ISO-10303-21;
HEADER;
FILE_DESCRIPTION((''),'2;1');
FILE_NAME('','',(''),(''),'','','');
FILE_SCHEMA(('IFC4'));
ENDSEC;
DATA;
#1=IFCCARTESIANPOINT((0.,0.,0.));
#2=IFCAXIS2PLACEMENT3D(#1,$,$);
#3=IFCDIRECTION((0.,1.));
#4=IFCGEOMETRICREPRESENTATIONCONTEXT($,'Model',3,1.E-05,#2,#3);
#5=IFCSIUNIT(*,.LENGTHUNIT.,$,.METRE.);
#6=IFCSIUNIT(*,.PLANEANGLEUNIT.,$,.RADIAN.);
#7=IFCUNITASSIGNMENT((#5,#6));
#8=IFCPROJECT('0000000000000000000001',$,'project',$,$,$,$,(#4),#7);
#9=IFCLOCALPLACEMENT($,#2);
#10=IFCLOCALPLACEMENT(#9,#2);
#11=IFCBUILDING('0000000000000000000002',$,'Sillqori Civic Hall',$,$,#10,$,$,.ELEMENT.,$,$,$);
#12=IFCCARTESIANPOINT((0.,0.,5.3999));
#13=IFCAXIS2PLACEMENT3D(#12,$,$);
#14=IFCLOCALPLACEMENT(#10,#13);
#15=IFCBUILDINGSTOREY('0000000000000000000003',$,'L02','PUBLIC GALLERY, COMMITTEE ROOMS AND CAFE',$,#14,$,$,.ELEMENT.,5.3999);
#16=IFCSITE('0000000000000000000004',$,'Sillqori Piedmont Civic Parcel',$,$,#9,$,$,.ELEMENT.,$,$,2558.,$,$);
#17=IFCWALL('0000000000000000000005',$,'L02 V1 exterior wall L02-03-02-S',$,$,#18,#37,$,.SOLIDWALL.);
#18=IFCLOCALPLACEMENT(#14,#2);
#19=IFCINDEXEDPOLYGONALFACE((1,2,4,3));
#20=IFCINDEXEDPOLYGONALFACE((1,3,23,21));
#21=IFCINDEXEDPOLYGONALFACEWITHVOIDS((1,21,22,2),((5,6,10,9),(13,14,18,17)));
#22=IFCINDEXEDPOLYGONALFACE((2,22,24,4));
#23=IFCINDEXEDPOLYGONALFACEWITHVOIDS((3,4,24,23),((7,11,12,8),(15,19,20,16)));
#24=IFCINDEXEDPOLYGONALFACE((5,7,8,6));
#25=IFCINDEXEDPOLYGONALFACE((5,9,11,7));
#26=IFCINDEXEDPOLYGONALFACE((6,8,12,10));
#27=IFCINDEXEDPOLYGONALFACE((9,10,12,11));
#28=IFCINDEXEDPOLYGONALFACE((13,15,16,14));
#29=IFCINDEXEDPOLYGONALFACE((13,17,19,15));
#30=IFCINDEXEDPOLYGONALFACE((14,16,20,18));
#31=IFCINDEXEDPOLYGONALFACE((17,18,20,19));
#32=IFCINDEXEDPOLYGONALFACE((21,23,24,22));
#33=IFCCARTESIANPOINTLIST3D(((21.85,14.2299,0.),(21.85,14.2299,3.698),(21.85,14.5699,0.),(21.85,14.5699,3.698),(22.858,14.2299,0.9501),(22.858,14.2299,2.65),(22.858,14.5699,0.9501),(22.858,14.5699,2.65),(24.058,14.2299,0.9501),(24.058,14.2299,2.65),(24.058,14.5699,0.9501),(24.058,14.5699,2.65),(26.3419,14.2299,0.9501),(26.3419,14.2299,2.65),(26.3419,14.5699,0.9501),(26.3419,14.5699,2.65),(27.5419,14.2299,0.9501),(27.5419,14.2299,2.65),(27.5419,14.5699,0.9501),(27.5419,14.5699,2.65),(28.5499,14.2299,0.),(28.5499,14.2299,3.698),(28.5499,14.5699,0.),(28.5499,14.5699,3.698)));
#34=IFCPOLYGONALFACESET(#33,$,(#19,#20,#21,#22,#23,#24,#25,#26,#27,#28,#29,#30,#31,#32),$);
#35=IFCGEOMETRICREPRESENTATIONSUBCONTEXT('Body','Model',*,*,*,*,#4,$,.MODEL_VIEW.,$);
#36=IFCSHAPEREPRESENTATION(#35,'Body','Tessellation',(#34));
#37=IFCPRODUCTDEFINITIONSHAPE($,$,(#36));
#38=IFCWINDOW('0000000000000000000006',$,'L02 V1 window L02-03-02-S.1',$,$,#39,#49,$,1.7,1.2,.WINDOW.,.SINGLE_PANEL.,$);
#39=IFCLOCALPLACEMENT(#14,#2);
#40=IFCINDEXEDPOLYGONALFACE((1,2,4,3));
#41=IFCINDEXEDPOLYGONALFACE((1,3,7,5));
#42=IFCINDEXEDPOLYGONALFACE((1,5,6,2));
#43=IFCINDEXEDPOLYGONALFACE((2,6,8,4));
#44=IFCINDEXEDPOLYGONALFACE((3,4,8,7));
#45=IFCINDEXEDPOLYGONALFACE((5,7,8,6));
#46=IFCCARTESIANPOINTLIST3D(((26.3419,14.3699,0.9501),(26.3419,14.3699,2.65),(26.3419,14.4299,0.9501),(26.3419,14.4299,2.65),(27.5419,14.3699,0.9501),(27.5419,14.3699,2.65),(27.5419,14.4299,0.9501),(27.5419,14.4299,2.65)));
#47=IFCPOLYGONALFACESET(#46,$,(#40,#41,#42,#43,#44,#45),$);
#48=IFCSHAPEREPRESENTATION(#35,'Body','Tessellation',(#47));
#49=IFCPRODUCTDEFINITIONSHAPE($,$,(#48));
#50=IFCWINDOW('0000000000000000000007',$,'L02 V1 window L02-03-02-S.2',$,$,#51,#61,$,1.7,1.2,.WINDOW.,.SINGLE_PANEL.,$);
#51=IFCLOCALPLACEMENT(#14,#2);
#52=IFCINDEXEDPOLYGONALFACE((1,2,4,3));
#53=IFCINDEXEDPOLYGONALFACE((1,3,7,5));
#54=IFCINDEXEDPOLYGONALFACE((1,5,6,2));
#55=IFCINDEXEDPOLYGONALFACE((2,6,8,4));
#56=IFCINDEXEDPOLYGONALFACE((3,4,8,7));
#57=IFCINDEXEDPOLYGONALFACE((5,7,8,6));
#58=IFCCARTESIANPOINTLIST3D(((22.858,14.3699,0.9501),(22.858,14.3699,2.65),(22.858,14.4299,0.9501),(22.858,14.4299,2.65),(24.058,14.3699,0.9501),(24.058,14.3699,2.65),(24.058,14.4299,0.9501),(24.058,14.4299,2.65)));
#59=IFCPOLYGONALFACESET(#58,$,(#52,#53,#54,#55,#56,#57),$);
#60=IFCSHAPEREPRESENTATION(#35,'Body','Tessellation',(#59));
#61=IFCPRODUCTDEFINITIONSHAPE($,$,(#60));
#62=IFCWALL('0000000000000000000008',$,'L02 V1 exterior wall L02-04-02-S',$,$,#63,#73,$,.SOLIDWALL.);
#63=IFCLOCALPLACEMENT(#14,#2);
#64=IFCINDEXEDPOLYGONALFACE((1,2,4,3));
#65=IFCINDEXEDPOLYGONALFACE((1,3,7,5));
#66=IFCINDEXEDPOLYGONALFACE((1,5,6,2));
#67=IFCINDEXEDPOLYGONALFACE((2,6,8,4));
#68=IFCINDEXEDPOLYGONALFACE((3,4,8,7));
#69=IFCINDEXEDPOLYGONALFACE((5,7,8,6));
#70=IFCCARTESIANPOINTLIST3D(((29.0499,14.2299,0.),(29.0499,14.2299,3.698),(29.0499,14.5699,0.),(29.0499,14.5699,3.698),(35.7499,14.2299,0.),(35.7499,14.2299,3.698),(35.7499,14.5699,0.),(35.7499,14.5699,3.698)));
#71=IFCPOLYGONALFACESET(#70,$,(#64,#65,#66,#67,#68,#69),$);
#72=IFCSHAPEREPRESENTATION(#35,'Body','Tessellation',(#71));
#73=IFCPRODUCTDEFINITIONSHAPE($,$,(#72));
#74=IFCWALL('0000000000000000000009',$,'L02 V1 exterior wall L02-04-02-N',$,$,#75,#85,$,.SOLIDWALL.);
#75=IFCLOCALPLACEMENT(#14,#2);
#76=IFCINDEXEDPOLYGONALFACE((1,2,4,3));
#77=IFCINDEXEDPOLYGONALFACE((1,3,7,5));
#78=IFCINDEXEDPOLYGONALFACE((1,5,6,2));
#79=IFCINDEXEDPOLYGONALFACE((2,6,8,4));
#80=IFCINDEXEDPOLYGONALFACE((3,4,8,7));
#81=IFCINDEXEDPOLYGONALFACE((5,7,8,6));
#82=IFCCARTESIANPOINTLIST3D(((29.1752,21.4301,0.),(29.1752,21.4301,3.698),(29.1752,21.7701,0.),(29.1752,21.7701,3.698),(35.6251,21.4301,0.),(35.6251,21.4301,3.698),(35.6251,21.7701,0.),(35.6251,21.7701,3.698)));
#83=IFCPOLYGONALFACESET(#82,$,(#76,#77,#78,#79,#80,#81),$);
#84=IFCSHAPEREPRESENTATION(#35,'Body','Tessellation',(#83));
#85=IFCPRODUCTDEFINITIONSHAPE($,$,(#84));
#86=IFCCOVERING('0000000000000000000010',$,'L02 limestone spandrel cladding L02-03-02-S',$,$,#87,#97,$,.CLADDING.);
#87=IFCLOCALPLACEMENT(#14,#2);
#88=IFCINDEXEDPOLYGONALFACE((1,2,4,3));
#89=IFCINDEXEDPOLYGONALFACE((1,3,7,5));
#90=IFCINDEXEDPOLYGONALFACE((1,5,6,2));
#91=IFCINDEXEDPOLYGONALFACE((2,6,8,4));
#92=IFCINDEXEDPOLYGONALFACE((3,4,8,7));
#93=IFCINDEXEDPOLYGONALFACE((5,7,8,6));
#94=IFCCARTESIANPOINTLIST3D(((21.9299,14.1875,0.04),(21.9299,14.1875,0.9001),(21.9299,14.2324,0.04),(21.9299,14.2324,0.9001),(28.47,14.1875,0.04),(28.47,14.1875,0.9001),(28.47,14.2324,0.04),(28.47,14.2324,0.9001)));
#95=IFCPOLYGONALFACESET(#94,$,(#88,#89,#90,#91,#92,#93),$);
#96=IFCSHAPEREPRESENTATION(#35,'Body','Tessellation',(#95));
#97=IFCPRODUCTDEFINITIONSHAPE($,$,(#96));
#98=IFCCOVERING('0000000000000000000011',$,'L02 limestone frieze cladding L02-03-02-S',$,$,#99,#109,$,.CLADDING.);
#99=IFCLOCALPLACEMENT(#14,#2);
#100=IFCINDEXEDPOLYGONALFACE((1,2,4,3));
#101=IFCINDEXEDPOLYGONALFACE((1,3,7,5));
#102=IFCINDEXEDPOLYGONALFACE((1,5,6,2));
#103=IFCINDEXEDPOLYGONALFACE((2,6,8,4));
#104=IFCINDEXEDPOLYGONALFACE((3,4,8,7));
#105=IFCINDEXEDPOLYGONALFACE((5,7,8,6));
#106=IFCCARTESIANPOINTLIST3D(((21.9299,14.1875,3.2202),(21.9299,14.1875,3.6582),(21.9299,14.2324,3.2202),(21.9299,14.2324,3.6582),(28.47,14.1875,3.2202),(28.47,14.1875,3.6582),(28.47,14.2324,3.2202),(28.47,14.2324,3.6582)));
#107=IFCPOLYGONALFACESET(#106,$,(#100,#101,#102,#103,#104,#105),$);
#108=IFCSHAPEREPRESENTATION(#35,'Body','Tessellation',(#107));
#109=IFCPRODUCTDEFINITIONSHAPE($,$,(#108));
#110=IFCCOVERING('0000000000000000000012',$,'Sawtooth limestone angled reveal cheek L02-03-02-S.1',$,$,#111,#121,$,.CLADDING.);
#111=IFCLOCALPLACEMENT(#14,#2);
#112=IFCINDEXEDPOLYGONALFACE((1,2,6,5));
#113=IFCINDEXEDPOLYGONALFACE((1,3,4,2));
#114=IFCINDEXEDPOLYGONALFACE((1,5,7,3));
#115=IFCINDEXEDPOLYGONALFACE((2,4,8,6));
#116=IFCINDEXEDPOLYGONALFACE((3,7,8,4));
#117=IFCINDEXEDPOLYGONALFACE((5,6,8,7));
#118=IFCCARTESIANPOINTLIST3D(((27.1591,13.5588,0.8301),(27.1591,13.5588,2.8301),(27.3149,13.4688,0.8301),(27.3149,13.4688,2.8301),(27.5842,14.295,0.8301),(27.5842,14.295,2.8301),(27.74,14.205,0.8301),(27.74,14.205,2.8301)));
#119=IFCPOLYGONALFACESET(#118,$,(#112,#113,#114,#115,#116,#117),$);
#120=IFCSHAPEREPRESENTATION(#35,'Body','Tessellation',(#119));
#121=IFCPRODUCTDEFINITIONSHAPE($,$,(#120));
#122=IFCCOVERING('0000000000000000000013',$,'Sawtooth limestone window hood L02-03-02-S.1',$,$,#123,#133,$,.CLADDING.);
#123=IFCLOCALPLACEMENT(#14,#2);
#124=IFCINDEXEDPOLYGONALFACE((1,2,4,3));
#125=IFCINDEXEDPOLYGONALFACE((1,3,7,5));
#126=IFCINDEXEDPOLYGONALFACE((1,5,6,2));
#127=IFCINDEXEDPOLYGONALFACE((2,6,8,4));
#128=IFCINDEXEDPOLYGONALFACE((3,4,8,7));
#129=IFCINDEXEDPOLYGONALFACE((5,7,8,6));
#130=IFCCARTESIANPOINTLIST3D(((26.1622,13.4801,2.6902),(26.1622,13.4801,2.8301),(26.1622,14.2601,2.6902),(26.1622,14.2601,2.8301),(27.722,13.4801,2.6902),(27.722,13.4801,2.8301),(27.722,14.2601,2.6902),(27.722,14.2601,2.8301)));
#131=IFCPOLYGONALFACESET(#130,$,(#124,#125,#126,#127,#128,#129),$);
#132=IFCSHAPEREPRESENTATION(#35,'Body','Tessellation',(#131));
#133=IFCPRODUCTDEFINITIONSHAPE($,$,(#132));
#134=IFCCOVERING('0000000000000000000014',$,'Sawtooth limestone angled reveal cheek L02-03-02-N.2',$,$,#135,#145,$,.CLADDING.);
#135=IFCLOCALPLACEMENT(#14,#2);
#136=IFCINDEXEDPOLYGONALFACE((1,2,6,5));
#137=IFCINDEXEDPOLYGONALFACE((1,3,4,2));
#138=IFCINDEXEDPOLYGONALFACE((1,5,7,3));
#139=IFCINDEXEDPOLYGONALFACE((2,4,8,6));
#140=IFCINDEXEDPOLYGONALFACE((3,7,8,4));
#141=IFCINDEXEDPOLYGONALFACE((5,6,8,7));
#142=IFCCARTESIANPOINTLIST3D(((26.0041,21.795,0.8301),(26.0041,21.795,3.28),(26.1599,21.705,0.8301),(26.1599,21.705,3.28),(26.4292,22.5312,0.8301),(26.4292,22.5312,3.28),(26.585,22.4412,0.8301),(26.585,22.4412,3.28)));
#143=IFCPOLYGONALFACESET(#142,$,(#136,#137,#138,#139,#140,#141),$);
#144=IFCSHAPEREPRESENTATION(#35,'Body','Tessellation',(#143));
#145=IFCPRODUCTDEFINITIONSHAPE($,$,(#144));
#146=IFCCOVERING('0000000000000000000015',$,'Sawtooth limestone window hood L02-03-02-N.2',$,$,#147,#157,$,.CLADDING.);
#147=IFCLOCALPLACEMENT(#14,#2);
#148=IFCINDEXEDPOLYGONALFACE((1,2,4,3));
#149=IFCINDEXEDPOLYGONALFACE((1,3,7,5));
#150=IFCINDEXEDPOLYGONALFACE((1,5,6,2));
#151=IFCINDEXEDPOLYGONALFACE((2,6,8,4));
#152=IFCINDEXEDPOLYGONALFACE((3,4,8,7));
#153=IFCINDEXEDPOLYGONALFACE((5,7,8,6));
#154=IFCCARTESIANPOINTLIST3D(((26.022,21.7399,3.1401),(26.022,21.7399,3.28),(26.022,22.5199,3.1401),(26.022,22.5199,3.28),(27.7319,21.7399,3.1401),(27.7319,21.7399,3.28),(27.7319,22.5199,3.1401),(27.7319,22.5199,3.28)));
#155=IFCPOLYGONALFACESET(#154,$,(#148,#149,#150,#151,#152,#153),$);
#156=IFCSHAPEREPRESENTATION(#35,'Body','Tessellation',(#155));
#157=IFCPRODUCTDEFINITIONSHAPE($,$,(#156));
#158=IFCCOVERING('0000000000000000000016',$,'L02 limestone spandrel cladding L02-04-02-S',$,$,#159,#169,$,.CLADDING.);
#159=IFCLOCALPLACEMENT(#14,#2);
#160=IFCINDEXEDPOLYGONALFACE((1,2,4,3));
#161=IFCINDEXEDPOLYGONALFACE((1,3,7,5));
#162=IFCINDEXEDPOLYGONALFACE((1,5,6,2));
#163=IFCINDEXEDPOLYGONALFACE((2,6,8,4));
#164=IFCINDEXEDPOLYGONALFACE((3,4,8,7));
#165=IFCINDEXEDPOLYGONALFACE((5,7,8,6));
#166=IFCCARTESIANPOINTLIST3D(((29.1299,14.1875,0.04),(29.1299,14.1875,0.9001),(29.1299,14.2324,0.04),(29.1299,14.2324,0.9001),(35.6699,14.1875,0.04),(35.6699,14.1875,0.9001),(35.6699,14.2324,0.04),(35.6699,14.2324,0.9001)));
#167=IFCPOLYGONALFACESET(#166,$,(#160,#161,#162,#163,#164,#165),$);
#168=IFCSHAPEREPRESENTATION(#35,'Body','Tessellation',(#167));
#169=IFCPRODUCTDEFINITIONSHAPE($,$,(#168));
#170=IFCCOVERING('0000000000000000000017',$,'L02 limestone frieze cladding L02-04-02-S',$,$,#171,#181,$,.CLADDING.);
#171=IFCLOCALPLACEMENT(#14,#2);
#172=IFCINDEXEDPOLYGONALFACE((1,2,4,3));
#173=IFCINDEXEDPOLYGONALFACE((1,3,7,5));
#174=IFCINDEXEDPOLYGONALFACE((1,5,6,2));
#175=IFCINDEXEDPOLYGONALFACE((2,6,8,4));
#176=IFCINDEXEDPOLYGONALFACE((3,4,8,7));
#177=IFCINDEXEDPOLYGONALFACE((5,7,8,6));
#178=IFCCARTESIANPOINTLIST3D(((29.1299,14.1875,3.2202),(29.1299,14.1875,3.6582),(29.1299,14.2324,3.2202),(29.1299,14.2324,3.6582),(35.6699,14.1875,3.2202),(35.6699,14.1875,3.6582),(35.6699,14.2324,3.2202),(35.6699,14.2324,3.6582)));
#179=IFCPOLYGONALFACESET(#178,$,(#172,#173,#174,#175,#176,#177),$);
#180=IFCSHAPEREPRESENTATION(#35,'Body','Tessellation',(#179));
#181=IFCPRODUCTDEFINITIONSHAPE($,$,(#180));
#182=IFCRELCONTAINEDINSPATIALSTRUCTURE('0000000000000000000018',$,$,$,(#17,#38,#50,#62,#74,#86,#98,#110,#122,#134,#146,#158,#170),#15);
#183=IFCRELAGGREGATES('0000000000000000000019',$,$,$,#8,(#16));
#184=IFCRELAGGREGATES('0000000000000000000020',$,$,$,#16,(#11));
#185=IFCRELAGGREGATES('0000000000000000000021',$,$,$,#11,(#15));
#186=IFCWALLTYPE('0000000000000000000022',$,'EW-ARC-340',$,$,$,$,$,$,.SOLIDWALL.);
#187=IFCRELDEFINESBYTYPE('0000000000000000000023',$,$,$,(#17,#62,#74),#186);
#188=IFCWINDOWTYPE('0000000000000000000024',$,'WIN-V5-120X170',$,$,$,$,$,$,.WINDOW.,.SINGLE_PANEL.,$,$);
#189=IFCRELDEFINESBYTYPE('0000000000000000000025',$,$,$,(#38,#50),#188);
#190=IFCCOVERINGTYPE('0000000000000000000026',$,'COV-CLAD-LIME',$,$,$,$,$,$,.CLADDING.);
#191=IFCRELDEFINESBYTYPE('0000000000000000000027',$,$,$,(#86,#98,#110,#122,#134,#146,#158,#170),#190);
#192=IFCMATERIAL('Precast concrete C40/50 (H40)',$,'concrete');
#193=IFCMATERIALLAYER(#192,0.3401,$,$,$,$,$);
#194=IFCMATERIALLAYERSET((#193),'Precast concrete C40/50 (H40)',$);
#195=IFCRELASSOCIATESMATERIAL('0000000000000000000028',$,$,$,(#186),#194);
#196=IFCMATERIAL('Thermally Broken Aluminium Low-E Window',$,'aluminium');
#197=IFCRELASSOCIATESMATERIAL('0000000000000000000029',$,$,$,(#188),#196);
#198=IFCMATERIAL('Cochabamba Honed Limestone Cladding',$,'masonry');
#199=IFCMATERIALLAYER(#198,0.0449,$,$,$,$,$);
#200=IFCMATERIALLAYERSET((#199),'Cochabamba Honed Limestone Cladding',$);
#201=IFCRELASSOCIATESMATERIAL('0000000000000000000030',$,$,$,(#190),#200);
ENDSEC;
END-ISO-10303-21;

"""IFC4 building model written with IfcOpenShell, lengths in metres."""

from ifc_helpers import new_model, si_unit, direction, frame, frame_2d, origin, place, context, subcontext, project, spatial, rectangle, extrude, material, layer, layer_set, type_object, element, fill, save


model = new_model("IFC4")

# Units and contexts
model_context = context("Model", 3, precision=1e-05, world=origin(), true_north=direction((0.0, 1.0)))
body_context = subcontext(model_context, "Body", "Model", "MODEL_VIEW")
ifc_project = project(units=[si_unit("LENGTHUNIT", "METRE"), si_unit("PLANEANGLEUNIT", "RADIAN")], contexts=[model_context])

# Site, building, storey
site_placement = place(None, origin())
site = spatial("IfcSite", under=ifc_project, at=site_placement, Name="Sillqori Piedmont Civic Parcel", CompositionType="ELEMENT", RefElevation=2558.0)
building_placement = place(site_placement, origin())
building = spatial("IfcBuilding", under=site, at=building_placement, Name="Sillqori Civic Hall", CompositionType="ELEMENT")
storey_placement = place(building_placement, frame((0.0, 0.0, 5.3999)))
storey = spatial("IfcBuildingStorey", under=building, at=storey_placement, Name="L02", Description="PUBLIC GALLERY, COMMITTEE ROOMS AND CAFE", CompositionType="ELEMENT", Elevation=5.3999)

# Shared definitions
ifc_material_1 = material(Name="Precast concrete C40/50 (H40)", Category="concrete")

# Wall, openings, windows
ifc_layer_1 = layer(ifc_material_1, 0.3401)
ifc_layer_set_1 = layer_set([ifc_layer_1], Name="Precast concrete C40/50 (H40)")
wall_type = type_object("IfcWallType", Name="EW-ARC-340", PredefinedType="SOLIDWALL", material=ifc_layer_set_1)
wall_1_placement = place(storey_placement, frame((28.55, 14.3999, 0.0), z_axis=(0.0, 0.0, 1.0), x_axis=(-1.0, 0.0, 0.0)))
wall_1 = element("IfcWall", 1, at=wall_1_placement, inside=storey, type_object=wall_type, Name="L02 V1 exterior wall L02-03-02-S", PredefinedType="SOLIDWALL", context=body_context, shape_type="SweptSolid", body=[
    extrude(rectangle(XDim=6.7, YDim=0.3401, at=frame_2d((3.3501, 0.0))), origin(), (0.0, 0.0, 1.0), 3.698),
])
opening_1_placement = place(wall_1_placement, frame((1.0081, 0.0, 0.95)))
opening_1 = element("IfcOpeningElement", 2, at=opening_1_placement, cuts=wall_1, PredefinedType="OPENING", context=body_context, shape_type="SweptSolid", body=[
    extrude(rectangle(XDim=1.2, YDim=1.7, at=frame_2d((0.6001, 0.8501))), frame((0.0, 0.1799, 0.0), z_axis=(0.0, -1.0, 0.0), x_axis=(1.0, 0.0, 0.0)), (0.0, 0.0, 1.0), 0.3601),
])
opening_2_placement = place(wall_1_placement, frame((4.4919, 0.0, 0.95)))
opening_2 = element("IfcOpeningElement", 3, at=opening_2_placement, cuts=wall_1, PredefinedType="OPENING", context=body_context, shape_type="SweptSolid", body=[
    extrude(rectangle(XDim=1.2, YDim=1.7, at=frame_2d((0.6001, 0.8501))), frame((0.0, 0.1799, 0.0), z_axis=(0.0, -1.0, 0.0), x_axis=(1.0, 0.0, 0.0)), (0.0, 0.0, 1.0), 0.3601),
])
ifc_material_2 = material(Name="Thermally Broken Aluminium Low-E Window", Category="aluminium")
window_type = type_object("IfcWindowType", Name="WIN-V5-120X170", PartitioningType="SINGLE_PANEL", PredefinedType="WINDOW", material=ifc_material_2)
window_1_placement = place(opening_1_placement, origin())
window_1 = element("IfcWindow", 4, at=window_1_placement, inside=storey, type_object=window_type, Name="L02 V1 window L02-03-02-S.1", OverallHeight=1.7, OverallWidth=1.2, PartitioningType="SINGLE_PANEL", PredefinedType="WINDOW", context=body_context, shape_type="SweptSolid", body=[
    extrude(rectangle(XDim=1.2, YDim=1.7, at=frame_2d((0.6001, 0.8501))), frame((0.0, 0.03, 0.0), z_axis=(0.0, -1.0, 0.0), x_axis=(1.0, 0.0, 0.0)), (0.0, 0.0, 1.0), 0.0601),
])
fill(opening_1, window_1)
window_2_placement = place(opening_2_placement, origin())
window_2 = element("IfcWindow", 5, at=window_2_placement, inside=storey, type_object=window_type, Name="L02 V1 window L02-03-02-S.2", OverallHeight=1.7, OverallWidth=1.2, PartitioningType="SINGLE_PANEL", PredefinedType="WINDOW", context=body_context, shape_type="SweptSolid", body=[
    extrude(rectangle(XDim=1.2, YDim=1.7, at=frame_2d((0.6001, 0.8501))), frame((0.0, 0.03, 0.0), z_axis=(0.0, -1.0, 0.0), x_axis=(1.0, 0.0, 0.0)), (0.0, 0.0, 1.0), 0.0601),
])
fill(opening_2, window_2)

# Walls
wall_2_placement = place(storey_placement, frame((35.75, 14.3999, 0.0), z_axis=(0.0, 0.0, 1.0), x_axis=(-1.0, 0.0, 0.0)))
element("IfcWall", 6, at=wall_2_placement, inside=storey, type_object=wall_type, Name="L02 V1 exterior wall L02-04-02-S", PredefinedType="SOLIDWALL", context=body_context, shape_type="SweptSolid", body=[
    extrude(rectangle(XDim=6.7, YDim=0.3401, at=frame_2d((3.3501, 0.0))), origin(), (0.0, 0.0, 1.0), 3.698),
])
wall_3_placement = place(storey_placement, frame((29.175, 21.6001, 0.0), z_axis=(0.0, 0.0, 1.0), x_axis=(1.0, 0.0, 0.0)))
element("IfcWall", 7, at=wall_3_placement, inside=storey, type_object=wall_type, Name="L02 V1 exterior wall L02-04-02-N", PredefinedType="SOLIDWALL", context=body_context, shape_type="SweptSolid", body=[
    extrude(rectangle(XDim=6.45, YDim=0.3401, at=frame_2d((3.2251, 0.0))), origin(), (0.0, 0.0, 1.0), 3.698),
])

# Coverings
ifc_material_3 = material(Name="Cochabamba Honed Limestone Cladding", Category="masonry")
ifc_layer_2 = layer(ifc_material_3, 0.0449)
ifc_layer_set_2 = layer_set([ifc_layer_2], Name="Cochabamba Honed Limestone Cladding")
covering_type = type_object("IfcCoveringType", Name="COV-CLAD-LIME", PredefinedType="CLADDING", material=ifc_layer_set_2)
covering_1_placement = place(storey_placement, frame((28.47, 14.21, 0.04), z_axis=(0.0, 0.0, 1.0), x_axis=(-1.0, 0.0, 0.0)))
element("IfcCovering", 8, at=covering_1_placement, inside=storey, type_object=covering_type, Name="L02 limestone spandrel cladding L02-03-02-S", PredefinedType="CLADDING", context=body_context, shape_type="SweptSolid", body=[
    extrude(rectangle(XDim=6.54, YDim=0.0449, at=frame_2d((3.27, 0.0))), origin(), (0.0, 0.0, 1.0), 0.8601),
])
covering_2_placement = place(storey_placement, frame((28.47, 14.21, 3.2202), z_axis=(0.0, 0.0, 1.0), x_axis=(-1.0, 0.0, 0.0)))
element("IfcCovering", 9, at=covering_2_placement, inside=storey, type_object=covering_type, Name="L02 limestone frieze cladding L02-03-02-S", PredefinedType="CLADDING", context=body_context, shape_type="SweptSolid", body=[
    extrude(rectangle(XDim=6.54, YDim=0.0449, at=frame_2d((3.27, 0.0))), origin(), (0.0, 0.0, 1.0), 0.438),
])
covering_3_placement = place(storey_placement, frame((27.6621, 14.25, 0.8301), z_axis=(0.0, 0.0, 1.0), x_axis=(-0.500062, -0.865989, 0.0)))
element("IfcCovering", 10, at=covering_3_placement, inside=storey, type_object=covering_type, Name="Sawtooth limestone angled reveal cheek L02-03-02-S.1", PredefinedType="CLADDING", context=body_context, shape_type="SweptSolid", body=[
    extrude(rectangle(XDim=0.8501, YDim=0.1799, at=frame_2d((0.425, 0.0))), origin(), (0.0, 0.0, 1.0), 2.0),
])
covering_4_placement = place(storey_placement, frame((27.7219, 13.8701, 2.6902), z_axis=(0.0, 0.0, 1.0), x_axis=(-1.0, 0.0, 0.0)))
element("IfcCovering", 11, at=covering_4_placement, inside=storey, type_object=covering_type, Name="Sawtooth limestone window hood L02-03-02-S.1", PredefinedType="CLADDING", context=body_context, shape_type="SweptSolid", body=[
    extrude(rectangle(XDim=1.5598, YDim=0.78, at=frame_2d((0.7798, 0.0))), origin(), (0.0, 0.0, 1.0), 0.1399),
])
covering_5_placement = place(storey_placement, frame((26.082, 21.75, 0.8301), z_axis=(0.0, 0.0, 1.0), x_axis=(0.500062, 0.865989, 0.0)))
element("IfcCovering", 12, at=covering_5_placement, inside=storey, type_object=covering_type, Name="Sawtooth limestone angled reveal cheek L02-03-02-N.2", PredefinedType="CLADDING", context=body_context, shape_type="SweptSolid", body=[
    extrude(rectangle(XDim=0.8501, YDim=0.1799, at=frame_2d((0.425, 0.0))), origin(), (0.0, 0.0, 1.0), 2.45),
])
covering_6_placement = place(storey_placement, frame((26.022, 22.1299, 3.1401), z_axis=(0.0, 0.0, 1.0), x_axis=(1.0, 0.0, 0.0)))
element("IfcCovering", 13, at=covering_6_placement, inside=storey, type_object=covering_type, Name="Sawtooth limestone window hood L02-03-02-N.2", PredefinedType="CLADDING", context=body_context, shape_type="SweptSolid", body=[
    extrude(rectangle(XDim=1.71, YDim=0.78, at=frame_2d((0.855, 0.0))), origin(), (0.0, 0.0, 1.0), 0.1399),
])
covering_7_placement = place(storey_placement, frame((35.6699, 14.21, 0.04), z_axis=(0.0, 0.0, 1.0), x_axis=(-1.0, 0.0, 0.0)))
element("IfcCovering", 14, at=covering_7_placement, inside=storey, type_object=covering_type, Name="L02 limestone spandrel cladding L02-04-02-S", PredefinedType="CLADDING", context=body_context, shape_type="SweptSolid", body=[
    extrude(rectangle(XDim=6.54, YDim=0.0449, at=frame_2d((3.27, 0.0))), origin(), (0.0, 0.0, 1.0), 0.8601),
])
covering_8_placement = place(storey_placement, frame((35.6699, 14.21, 3.2202), z_axis=(0.0, 0.0, 1.0), x_axis=(-1.0, 0.0, 0.0)))
element("IfcCovering", 15, at=covering_8_placement, inside=storey, type_object=covering_type, Name="L02 limestone frieze cladding L02-04-02-S", PredefinedType="CLADDING", context=body_context, shape_type="SweptSolid", body=[
    extrude(rectangle(XDim=6.54, YDim=0.0449, at=frame_2d((3.27, 0.0))), origin(), (0.0, 0.0, 1.0), 0.438),
])

save(model, "model.ifc")
